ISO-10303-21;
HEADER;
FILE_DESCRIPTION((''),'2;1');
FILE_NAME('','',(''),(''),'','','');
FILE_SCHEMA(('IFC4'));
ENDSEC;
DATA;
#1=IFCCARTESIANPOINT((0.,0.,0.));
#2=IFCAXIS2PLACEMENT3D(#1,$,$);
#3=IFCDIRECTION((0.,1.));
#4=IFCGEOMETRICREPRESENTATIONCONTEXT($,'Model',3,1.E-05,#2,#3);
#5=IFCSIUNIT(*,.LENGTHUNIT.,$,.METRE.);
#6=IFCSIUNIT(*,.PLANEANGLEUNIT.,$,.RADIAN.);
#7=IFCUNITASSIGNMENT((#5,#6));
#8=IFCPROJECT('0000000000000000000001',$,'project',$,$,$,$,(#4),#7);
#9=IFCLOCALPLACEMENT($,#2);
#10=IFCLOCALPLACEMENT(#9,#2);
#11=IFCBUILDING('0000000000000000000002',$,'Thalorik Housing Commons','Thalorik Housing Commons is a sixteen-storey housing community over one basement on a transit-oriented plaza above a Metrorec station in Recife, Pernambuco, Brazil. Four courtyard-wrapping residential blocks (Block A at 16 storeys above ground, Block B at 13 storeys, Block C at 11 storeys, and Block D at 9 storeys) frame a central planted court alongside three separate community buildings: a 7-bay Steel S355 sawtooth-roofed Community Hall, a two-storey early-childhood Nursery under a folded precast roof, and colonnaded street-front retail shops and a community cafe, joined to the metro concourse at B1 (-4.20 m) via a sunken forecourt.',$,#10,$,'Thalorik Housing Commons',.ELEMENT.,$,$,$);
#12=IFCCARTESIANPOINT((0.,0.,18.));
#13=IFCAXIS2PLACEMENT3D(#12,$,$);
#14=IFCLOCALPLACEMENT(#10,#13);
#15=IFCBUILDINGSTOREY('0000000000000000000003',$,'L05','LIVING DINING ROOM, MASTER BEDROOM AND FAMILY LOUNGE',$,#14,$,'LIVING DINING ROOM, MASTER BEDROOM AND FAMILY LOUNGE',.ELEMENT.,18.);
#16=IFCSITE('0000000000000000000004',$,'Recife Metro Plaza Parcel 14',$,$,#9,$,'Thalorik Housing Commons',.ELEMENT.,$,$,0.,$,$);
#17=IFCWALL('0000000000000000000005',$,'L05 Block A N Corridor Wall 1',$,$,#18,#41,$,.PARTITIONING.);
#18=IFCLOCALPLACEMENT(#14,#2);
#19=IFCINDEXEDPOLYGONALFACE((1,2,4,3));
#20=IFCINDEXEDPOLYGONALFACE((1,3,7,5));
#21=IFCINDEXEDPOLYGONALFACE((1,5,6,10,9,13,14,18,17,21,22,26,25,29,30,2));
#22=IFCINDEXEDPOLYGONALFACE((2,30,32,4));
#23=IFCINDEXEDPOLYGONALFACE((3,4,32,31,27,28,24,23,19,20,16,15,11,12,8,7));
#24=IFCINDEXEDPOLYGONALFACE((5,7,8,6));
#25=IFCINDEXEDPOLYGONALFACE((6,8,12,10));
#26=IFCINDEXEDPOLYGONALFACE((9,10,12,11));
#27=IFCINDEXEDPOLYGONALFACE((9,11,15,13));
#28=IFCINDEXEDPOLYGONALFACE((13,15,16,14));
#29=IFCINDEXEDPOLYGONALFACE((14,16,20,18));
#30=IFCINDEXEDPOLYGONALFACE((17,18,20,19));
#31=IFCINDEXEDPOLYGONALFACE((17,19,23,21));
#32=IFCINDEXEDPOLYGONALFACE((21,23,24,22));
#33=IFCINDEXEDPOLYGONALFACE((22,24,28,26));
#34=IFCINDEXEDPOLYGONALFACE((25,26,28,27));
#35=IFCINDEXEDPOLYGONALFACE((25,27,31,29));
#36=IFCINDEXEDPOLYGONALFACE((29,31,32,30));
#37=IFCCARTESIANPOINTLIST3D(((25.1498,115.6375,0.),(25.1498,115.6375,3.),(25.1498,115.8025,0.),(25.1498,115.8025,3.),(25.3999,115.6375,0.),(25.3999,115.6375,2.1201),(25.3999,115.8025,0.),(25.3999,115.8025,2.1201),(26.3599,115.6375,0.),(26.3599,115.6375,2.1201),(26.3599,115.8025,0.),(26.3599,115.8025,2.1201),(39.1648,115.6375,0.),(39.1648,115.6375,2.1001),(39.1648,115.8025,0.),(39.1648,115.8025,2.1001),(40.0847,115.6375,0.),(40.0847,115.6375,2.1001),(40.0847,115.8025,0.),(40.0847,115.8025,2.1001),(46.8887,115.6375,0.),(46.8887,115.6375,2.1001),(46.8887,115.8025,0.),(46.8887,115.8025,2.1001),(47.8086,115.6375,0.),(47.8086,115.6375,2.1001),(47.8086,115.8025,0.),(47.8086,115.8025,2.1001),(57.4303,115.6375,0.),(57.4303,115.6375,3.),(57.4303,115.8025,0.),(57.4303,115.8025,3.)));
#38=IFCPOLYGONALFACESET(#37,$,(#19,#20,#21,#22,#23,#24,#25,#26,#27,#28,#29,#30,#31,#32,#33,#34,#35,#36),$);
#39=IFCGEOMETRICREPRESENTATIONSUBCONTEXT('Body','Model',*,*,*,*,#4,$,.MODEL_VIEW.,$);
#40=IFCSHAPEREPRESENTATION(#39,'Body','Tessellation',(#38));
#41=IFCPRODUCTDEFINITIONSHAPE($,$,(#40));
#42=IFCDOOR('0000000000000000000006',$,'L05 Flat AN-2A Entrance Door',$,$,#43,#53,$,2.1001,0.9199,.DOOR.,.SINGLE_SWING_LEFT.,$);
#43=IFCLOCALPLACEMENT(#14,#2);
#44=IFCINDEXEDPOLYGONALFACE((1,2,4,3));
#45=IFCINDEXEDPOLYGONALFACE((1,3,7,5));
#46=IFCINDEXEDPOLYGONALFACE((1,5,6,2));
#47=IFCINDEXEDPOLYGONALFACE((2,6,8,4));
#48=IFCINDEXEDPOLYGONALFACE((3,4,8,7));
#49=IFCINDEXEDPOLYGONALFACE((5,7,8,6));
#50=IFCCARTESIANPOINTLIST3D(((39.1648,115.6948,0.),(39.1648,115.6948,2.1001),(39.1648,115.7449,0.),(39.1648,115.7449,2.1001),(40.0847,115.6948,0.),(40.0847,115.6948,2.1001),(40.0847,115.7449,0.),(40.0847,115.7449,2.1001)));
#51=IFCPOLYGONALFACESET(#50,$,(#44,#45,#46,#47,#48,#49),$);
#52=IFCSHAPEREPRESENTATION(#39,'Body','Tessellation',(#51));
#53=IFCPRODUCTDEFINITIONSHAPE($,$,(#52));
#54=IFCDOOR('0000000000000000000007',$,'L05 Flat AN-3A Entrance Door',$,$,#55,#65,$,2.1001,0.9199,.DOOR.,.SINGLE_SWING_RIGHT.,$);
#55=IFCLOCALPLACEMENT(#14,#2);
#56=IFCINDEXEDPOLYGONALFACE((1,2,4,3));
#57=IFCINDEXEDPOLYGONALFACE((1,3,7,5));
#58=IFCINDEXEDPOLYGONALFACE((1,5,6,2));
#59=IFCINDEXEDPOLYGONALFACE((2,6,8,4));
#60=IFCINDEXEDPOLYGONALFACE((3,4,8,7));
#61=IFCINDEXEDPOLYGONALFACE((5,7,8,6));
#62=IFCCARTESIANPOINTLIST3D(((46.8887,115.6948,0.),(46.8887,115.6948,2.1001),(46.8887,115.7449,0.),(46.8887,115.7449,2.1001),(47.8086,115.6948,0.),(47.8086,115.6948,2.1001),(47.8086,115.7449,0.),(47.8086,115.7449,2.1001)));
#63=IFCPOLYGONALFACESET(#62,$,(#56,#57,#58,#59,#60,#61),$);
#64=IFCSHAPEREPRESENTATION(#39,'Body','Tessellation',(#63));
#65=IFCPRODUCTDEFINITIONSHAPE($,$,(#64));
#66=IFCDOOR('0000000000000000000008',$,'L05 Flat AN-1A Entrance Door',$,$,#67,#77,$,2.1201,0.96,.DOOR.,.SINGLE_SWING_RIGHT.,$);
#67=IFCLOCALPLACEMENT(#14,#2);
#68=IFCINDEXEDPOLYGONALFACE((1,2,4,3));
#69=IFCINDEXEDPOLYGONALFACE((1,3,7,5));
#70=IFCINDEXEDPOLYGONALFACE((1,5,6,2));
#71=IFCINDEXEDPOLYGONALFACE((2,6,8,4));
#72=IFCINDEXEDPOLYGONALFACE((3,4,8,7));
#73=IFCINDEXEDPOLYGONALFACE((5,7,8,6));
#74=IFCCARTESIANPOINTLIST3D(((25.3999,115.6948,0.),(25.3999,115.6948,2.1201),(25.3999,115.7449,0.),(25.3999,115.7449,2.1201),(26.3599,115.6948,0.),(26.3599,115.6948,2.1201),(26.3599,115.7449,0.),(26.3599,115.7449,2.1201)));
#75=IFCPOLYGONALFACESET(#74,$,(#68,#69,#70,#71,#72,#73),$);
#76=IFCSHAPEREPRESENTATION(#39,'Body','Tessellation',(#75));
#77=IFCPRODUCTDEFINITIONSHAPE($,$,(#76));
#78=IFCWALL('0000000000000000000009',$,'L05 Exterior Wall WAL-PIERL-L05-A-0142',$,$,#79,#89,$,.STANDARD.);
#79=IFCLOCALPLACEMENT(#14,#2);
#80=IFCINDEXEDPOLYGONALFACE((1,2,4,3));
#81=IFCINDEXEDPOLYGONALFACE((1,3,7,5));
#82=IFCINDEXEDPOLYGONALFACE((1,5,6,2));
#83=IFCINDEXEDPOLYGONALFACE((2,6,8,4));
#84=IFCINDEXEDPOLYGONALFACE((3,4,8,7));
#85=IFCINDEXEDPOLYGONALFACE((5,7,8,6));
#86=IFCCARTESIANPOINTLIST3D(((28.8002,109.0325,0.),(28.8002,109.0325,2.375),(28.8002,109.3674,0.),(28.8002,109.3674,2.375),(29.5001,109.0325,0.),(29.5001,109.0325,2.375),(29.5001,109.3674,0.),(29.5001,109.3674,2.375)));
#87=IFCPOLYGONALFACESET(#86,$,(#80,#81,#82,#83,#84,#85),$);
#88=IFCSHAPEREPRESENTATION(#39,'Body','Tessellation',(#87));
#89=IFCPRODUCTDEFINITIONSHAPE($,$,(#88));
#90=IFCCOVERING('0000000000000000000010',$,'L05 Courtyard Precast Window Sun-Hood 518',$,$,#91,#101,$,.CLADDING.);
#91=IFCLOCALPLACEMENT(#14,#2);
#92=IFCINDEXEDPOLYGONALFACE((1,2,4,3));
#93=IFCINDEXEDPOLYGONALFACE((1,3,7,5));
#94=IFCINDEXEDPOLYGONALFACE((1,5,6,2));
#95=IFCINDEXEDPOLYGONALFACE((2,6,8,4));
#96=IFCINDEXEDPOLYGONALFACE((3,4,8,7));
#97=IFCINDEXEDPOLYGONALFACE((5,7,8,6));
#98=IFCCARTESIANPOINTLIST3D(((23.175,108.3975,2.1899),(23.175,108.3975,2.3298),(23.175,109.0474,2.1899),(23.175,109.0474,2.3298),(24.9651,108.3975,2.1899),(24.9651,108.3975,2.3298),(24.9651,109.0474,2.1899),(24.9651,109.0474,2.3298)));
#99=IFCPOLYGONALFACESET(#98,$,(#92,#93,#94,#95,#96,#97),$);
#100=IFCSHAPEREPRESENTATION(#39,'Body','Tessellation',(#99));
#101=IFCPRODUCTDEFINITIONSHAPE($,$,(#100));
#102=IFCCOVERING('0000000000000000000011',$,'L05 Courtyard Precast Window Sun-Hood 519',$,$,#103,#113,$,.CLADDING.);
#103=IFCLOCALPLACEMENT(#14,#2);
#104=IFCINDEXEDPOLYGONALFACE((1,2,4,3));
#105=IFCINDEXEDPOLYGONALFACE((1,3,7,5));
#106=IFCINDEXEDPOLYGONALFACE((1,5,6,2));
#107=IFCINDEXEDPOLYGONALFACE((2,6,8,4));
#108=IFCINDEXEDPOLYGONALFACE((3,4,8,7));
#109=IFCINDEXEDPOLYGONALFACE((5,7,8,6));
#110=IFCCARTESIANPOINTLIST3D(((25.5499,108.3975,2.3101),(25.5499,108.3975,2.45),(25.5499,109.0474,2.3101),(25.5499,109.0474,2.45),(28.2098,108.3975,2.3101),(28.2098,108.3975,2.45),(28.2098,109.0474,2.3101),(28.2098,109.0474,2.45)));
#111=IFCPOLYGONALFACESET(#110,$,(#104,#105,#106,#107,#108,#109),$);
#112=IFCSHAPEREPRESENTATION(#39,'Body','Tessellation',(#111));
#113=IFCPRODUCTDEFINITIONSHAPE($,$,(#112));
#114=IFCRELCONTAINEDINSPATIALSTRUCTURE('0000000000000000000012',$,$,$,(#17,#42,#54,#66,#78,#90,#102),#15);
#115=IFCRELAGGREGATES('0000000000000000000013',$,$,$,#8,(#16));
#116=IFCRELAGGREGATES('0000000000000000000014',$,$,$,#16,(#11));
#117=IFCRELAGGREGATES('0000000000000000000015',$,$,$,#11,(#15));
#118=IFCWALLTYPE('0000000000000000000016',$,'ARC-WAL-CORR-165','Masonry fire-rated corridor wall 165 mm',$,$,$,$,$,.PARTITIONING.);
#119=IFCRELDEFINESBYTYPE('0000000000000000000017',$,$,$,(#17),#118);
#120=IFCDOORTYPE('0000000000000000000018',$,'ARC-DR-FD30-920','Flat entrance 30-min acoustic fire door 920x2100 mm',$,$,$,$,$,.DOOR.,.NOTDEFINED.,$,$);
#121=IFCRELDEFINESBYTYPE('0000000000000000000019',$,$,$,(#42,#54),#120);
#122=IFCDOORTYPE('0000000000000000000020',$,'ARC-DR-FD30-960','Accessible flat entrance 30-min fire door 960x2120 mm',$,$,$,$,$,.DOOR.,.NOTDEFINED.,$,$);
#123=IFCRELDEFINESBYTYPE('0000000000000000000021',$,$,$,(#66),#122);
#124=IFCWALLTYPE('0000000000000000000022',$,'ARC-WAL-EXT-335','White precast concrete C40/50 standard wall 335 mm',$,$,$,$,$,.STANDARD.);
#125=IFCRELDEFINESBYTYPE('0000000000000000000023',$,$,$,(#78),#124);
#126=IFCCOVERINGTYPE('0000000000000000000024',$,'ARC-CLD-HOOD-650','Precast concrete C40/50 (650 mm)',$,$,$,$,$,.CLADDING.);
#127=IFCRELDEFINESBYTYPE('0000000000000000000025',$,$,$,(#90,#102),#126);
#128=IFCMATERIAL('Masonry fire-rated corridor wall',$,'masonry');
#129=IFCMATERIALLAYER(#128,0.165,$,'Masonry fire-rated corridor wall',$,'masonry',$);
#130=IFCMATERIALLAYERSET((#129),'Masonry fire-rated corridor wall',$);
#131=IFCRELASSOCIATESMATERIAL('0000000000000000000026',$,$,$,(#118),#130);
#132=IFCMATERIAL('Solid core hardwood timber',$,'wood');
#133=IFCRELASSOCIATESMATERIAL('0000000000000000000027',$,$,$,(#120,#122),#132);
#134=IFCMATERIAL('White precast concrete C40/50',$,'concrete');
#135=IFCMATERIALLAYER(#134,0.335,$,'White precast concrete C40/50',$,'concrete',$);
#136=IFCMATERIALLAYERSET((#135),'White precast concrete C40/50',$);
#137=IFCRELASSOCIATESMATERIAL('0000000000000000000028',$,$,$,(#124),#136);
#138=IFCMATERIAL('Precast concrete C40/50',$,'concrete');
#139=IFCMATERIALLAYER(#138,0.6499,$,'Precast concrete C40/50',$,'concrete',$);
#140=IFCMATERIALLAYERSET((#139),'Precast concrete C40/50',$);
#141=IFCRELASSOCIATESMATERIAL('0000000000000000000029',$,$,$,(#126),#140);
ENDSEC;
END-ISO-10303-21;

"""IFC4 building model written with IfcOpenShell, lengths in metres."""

from ifc_helpers import new_model, si_unit, direction, frame, frame_2d, origin, origin_2d, place, context, subcontext, project, spatial, rectangle, extrude, material, layer, layer_set, type_object, element, fill, save


model = new_model("IFC4")

# Units and contexts
model_context = context("Model", 3, precision=1e-05, world=origin(), true_north=direction((0.0, 1.0)))
body_context = subcontext(model_context, "Body", "Model", "MODEL_VIEW")
ifc_project = project(units=[si_unit("LENGTHUNIT", "METRE"), si_unit("PLANEANGLEUNIT", "RADIAN")], contexts=[model_context])

# Site, building, storey
site_placement = place(None, origin())
site = spatial("IfcSite", under=ifc_project, at=site_placement, Name="Recife Metro Plaza Parcel 14", LongName="Thalorik Housing Commons", CompositionType="ELEMENT", RefElevation=0.0)
building_placement = place(site_placement, origin())
building = spatial("IfcBuilding", under=site, at=building_placement, Name="Thalorik Housing Commons", Description="Thalorik Housing Commons is a sixteen-storey housing community over one basement on a transit-oriented plaza above a Metrorec station in Recife, Pernambuco, Brazil. Four courtyard-wrapping residential blocks (Block A at 16 storeys above ground, Block B at 13 storeys, Block C at 11 storeys, and Block D at 9 storeys) frame a central planted court alongside three separate community buildings: a 7-bay Steel S355 sawtooth-roofed Community Hall, a two-storey early-childhood Nursery under a folded precast roof, and colonnaded street-front retail shops and a community cafe, joined to the metro concourse at B1 (-4.20 m) via a sunken forecourt.", LongName="Thalorik Housing Commons", CompositionType="ELEMENT")
storey_placement = place(building_placement, frame((0.0, 0.0, 18.0)))
storey = spatial("IfcBuildingStorey", under=building, at=storey_placement, Name="L05", Description="LIVING DINING ROOM, MASTER BEDROOM AND FAMILY LOUNGE", LongName="LIVING DINING ROOM, MASTER BEDROOM AND FAMILY LOUNGE", CompositionType="ELEMENT", Elevation=18.0)

# Shared definitions
ifc_material_1 = material(Name="Precast concrete C40/50", Category="concrete")

# Shared definitions
ifc_material_2 = material(Name="Masonry fire-rated corridor wall", Category="masonry")
ifc_layer_1 = layer(ifc_material_2, 0.165, Name="Masonry fire-rated corridor wall", Category="masonry")
ifc_layer_set_1 = layer_set([ifc_layer_1], Name="Masonry fire-rated corridor wall")
wall_type_1 = type_object("IfcWallType", Name="ARC-WAL-CORR-165", Description="Masonry fire-rated corridor wall 165 mm", PredefinedType="PARTITIONING", material=ifc_layer_set_1)

# Wall, openings, doors
wall_1_placement = place(storey_placement, frame((25.1499, 115.72, 0.0), z_axis=(0.0, 0.0, 1.0), x_axis=(1.0, 0.0, 0.0)))
wall_1 = element("IfcWall", 1, at=wall_1_placement, inside=storey, type_object=wall_type_1, Name="L05 Block A N Corridor Wall 1", PredefinedType="PARTITIONING", context=body_context, shape_type="SweptSolid", body=[
    extrude(rectangle(XDim=32.2805, YDim=0.165, at=frame_2d((16.1401, 0.0))), origin(), (0.0, 0.0, 1.0), 3.0),
])
opening_1_placement = place(wall_1_placement, frame((0.25, 0.0, 0.0)))
opening_1 = element("IfcOpeningElement", 2, at=opening_1_placement, cuts=wall_1, PredefinedType="OPENING", context=body_context, shape_type="SweptSolid", body=[
    extrude(rectangle(XDim=0.96, YDim=2.1201, at=frame_2d((0.48, 1.0601))), frame((0.0, 0.0925, 0.0), z_axis=(0.0, -1.0, 0.0), x_axis=(1.0, 0.0, 0.0)), (0.0, 0.0, 1.0), 0.1851),
])
opening_2_placement = place(wall_1_placement, frame((14.0149, 0.0, 0.0)))
opening_2 = element("IfcOpeningElement", 3, at=opening_2_placement, cuts=wall_1, PredefinedType="OPENING", context=body_context, shape_type="SweptSolid", body=[
    extrude(rectangle(XDim=0.9199, YDim=2.1001, at=frame_2d((0.46, 1.05))), frame((0.0, 0.0925, 0.0), z_axis=(0.0, -1.0, 0.0), x_axis=(1.0, 0.0, 0.0)), (0.0, 0.0, 1.0), 0.1851),
])
opening_3_placement = place(wall_1_placement, frame((21.7388, 0.0, 0.0)))
opening_3 = element("IfcOpeningElement", 4, at=opening_3_placement, cuts=wall_1, PredefinedType="OPENING", context=body_context, shape_type="SweptSolid", body=[
    extrude(rectangle(XDim=0.9199, YDim=2.1001, at=frame_2d((0.46, 1.05))), frame((0.0, 0.0925, 0.0), z_axis=(0.0, -1.0, 0.0), x_axis=(1.0, 0.0, 0.0)), (0.0, 0.0, 1.0), 0.1851),
])
ifc_material_3 = material(Name="Solid core hardwood timber", Category="wood")
door_type_1 = type_object("IfcDoorType", Name="ARC-DR-FD30-920", Description="Flat entrance 30-min acoustic fire door 920x2100 mm", OperationType="NOTDEFINED", PredefinedType="DOOR", material=ifc_material_3)
door_1_placement = place(opening_2_placement, origin())
door_1 = element("IfcDoor", 5, at=door_1_placement, inside=storey, type_object=door_type_1, Name="L05 Flat AN-2A Entrance Door", OperationType="SINGLE_SWING_LEFT", OverallHeight=2.1001, OverallWidth=0.9199, PredefinedType="DOOR", context=body_context, shape_type="SweptSolid", body=[
    extrude(rectangle(XDim=0.9199, YDim=2.1001, at=frame_2d((0.46, 1.05))), frame((0.0, 0.0249, 0.0), z_axis=(0.0, -1.0, 0.0), x_axis=(1.0, 0.0, 0.0)), (0.0, 0.0, 1.0), 0.05),
])
fill(opening_2, door_1)
door_2_placement = place(opening_3_placement, origin())
door_2 = element("IfcDoor", 6, at=door_2_placement, inside=storey, type_object=door_type_1, Name="L05 Flat AN-3A Entrance Door", OperationType="SINGLE_SWING_RIGHT", OverallHeight=2.1001, OverallWidth=0.9199, PredefinedType="DOOR", context=body_context, shape_type="SweptSolid", body=[
    extrude(rectangle(XDim=0.9199, YDim=2.1001, at=frame_2d((0.46, 1.05))), frame((0.0, 0.0249, 0.0), z_axis=(0.0, -1.0, 0.0), x_axis=(1.0, 0.0, 0.0)), (0.0, 0.0, 1.0), 0.05),
])
fill(opening_3, door_2)
door_type_2 = type_object("IfcDoorType", Name="ARC-DR-FD30-960", Description="Accessible flat entrance 30-min fire door 960x2120 mm", OperationType="NOTDEFINED", PredefinedType="DOOR", material=ifc_material_3)
door_3_placement = place(opening_1_placement, origin())
door_3 = element("IfcDoor", 7, at=door_3_placement, inside=storey, type_object=door_type_2, Name="L05 Flat AN-1A Entrance Door", OperationType="SINGLE_SWING_RIGHT", OverallHeight=2.1201, OverallWidth=0.96, PredefinedType="DOOR", context=body_context, shape_type="SweptSolid", body=[
    extrude(rectangle(XDim=0.96, YDim=2.1201, at=frame_2d((0.48, 1.0601))), frame((0.0, 0.0249, 0.0), z_axis=(0.0, -1.0, 0.0), x_axis=(1.0, 0.0, 0.0)), (0.0, 0.0, 1.0), 0.05),
])
fill(opening_1, door_3)

# Wall
ifc_material_4 = material(Name="White precast concrete C40/50", Category="concrete")
ifc_layer_2 = layer(ifc_material_4, 0.335, Name="White precast concrete C40/50", Category="concrete")
ifc_layer_set_2 = layer_set([ifc_layer_2], Name="White precast concrete C40/50")
wall_type_2 = type_object("IfcWallType", Name="ARC-WAL-EXT-335", Description="White precast concrete C40/50 standard wall 335 mm", PredefinedType="STANDARD", material=ifc_layer_set_2)
wall_2_placement = place(storey_placement, frame((28.8, 109.2, 0.0), z_axis=(0.0, 0.0, 1.0), x_axis=(1.0, 0.0, 0.0)))
element("IfcWall", 8, at=wall_2_placement, inside=storey, type_object=wall_type_2, Name="L05 Exterior Wall WAL-PIERL-L05-A-0142", PredefinedType="STANDARD", context=body_context, shape_type="SweptSolid", body=[
    extrude(rectangle(XDim=0.7, YDim=0.335, at=frame_2d((0.3501, 0.0))), origin(), (0.0, 0.0, 1.0), 2.375),
])

# Coverings
ifc_layer_3 = layer(ifc_material_1, 0.6499, Name="Precast concrete C40/50", Category="concrete")
ifc_layer_set_3 = layer_set([ifc_layer_3], Name="Precast concrete C40/50")
covering_type = type_object("IfcCoveringType", Name="ARC-CLD-HOOD-650", Description="Precast concrete C40/50 (650 mm)", PredefinedType="CLADDING", material=ifc_layer_set_3)
covering_1_placement = place(storey_placement, frame((24.0701, 108.7224, 2.1899), z_axis=(0.0, 0.0, 1.0), x_axis=(1.0, 0.0, 0.0)))
element("IfcCovering", 9, at=covering_1_placement, inside=storey, type_object=covering_type, Name="L05 Courtyard Precast Window Sun-Hood 518", PredefinedType="CLADDING", context=body_context, shape_type="SweptSolid", body=[
    extrude(rectangle(XDim=1.79, YDim=0.6499, at=origin_2d()), origin(), (0.0, 0.0, 1.0), 0.1399),
])
covering_2_placement = place(storey_placement, frame((26.8799, 108.7224, 2.3101), z_axis=(0.0, 0.0, 1.0), x_axis=(1.0, 0.0, 0.0)))
element("IfcCovering", 10, at=covering_2_placement, inside=storey, type_object=covering_type, Name="L05 Courtyard Precast Window Sun-Hood 519", PredefinedType="CLADDING", context=body_context, shape_type="SweptSolid", body=[
    extrude(rectangle(XDim=2.6599, YDim=0.6499, at=origin_2d()), origin(), (0.0, 0.0, 1.0), 0.1399),
])

save(model, "model.ifc")
